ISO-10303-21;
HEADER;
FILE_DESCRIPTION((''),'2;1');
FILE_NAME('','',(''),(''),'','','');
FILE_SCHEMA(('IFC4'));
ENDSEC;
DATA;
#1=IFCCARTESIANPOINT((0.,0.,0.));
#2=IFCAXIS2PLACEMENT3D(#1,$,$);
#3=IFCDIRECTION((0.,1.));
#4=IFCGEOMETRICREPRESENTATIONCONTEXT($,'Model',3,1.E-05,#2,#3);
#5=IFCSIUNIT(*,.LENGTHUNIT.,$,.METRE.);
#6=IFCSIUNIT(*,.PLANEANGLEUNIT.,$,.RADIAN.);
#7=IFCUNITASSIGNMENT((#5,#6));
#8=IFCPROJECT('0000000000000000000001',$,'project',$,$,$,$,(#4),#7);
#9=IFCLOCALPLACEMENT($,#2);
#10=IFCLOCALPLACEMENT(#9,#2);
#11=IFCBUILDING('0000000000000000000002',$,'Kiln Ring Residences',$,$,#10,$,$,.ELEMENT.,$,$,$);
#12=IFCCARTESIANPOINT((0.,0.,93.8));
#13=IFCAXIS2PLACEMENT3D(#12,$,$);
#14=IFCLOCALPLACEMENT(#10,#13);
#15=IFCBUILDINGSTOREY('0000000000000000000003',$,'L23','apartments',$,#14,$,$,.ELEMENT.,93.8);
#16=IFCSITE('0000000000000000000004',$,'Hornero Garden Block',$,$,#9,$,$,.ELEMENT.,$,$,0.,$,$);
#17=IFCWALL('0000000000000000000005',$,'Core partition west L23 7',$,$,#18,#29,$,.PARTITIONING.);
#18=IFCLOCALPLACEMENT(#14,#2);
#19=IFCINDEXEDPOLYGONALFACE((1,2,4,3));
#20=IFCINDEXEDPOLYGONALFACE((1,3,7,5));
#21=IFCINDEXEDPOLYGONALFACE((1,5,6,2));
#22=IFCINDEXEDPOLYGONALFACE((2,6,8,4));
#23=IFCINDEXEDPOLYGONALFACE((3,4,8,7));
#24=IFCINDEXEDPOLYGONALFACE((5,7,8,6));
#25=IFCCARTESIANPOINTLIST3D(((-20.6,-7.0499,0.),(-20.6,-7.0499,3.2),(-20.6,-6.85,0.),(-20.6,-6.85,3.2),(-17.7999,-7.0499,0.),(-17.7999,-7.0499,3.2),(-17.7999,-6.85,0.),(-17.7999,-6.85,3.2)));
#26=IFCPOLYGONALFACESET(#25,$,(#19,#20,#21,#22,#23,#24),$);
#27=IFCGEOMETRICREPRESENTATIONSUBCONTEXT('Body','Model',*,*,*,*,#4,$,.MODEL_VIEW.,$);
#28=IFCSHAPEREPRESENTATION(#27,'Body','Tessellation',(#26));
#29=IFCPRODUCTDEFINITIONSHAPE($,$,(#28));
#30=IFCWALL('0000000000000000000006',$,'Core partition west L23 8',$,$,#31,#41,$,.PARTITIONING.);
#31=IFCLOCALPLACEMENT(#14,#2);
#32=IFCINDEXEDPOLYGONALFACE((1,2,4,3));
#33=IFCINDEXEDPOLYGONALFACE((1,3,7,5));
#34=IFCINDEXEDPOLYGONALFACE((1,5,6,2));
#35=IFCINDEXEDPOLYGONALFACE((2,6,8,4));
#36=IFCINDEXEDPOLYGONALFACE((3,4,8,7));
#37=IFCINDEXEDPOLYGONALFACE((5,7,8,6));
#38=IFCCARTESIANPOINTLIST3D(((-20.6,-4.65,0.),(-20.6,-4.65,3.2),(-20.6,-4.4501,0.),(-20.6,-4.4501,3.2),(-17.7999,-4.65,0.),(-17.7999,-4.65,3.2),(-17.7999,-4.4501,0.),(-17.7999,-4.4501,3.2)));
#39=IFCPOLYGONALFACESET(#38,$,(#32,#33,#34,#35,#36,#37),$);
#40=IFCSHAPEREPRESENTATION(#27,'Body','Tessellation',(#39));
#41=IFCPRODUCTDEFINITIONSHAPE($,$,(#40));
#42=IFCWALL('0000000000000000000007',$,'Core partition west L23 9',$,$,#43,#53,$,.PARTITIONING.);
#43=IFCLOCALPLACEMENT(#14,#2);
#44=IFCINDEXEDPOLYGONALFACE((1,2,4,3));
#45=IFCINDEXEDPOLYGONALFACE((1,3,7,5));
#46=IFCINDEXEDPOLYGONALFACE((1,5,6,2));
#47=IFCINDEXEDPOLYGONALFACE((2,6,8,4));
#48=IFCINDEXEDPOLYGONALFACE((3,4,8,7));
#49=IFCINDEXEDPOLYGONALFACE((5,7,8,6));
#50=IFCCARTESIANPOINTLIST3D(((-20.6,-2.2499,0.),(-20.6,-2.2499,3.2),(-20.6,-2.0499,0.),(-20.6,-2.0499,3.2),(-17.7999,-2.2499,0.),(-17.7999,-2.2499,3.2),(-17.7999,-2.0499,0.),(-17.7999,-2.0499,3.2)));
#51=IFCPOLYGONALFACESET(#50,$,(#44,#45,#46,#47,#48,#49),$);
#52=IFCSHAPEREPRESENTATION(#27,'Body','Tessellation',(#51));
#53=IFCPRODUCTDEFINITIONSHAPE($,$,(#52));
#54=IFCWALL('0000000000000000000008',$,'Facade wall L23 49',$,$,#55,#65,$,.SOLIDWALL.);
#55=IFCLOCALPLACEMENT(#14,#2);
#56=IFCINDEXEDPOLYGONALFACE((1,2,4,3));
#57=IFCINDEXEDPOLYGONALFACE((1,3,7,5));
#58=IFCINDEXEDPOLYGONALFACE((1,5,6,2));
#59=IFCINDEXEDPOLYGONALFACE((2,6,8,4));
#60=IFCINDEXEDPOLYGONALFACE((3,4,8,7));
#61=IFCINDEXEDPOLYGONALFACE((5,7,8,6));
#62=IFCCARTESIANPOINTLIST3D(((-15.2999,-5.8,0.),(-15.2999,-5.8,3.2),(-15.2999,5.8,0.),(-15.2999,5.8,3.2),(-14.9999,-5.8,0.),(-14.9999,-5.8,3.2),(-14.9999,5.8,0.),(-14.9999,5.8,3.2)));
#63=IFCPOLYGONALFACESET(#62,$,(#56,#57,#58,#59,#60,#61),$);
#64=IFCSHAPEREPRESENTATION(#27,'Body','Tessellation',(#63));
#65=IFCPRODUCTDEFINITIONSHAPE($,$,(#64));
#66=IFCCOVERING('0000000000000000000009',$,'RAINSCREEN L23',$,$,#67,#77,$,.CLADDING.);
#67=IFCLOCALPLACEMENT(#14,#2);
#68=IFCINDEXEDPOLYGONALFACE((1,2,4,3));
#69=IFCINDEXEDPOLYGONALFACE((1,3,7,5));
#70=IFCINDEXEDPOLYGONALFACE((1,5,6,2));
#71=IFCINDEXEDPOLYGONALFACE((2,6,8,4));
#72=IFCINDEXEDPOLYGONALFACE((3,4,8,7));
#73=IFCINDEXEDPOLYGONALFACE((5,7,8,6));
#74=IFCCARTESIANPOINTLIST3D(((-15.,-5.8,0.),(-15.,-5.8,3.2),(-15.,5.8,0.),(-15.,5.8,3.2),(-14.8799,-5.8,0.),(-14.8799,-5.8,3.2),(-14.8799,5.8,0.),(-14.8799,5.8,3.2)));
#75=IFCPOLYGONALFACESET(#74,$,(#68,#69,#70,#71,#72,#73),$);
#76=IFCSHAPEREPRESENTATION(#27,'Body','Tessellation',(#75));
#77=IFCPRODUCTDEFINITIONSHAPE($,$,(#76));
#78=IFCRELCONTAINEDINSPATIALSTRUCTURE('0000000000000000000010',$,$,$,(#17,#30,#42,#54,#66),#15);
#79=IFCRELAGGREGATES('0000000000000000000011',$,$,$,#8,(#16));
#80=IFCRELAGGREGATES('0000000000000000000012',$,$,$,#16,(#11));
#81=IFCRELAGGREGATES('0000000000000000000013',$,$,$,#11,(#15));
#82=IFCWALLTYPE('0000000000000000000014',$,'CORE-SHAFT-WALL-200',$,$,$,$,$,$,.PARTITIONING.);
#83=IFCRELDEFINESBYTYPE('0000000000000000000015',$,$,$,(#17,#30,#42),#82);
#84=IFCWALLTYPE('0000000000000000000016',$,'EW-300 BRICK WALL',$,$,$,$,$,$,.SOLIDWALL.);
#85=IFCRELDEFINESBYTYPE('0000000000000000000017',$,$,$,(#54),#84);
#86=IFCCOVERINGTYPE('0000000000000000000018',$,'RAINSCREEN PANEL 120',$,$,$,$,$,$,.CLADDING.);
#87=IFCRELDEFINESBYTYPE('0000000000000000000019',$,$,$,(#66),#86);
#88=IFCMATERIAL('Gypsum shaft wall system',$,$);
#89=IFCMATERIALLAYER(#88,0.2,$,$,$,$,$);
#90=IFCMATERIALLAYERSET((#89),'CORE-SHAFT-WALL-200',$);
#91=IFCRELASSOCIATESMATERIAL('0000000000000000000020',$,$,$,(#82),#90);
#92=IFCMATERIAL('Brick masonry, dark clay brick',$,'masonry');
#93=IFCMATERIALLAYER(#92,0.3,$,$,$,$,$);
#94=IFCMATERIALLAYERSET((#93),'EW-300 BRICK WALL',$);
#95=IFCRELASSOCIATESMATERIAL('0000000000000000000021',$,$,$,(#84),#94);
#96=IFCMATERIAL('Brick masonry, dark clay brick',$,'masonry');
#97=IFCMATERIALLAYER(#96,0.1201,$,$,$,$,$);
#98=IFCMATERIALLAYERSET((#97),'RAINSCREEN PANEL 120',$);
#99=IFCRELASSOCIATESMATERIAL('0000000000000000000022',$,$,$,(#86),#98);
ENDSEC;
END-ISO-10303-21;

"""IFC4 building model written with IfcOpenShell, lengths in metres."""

from ifc_helpers import new_model, si_unit, direction, frame, frame_2d, origin, place, context, subcontext, project, spatial, polyline, rectangle, outline, extrude, material, layer, layer_set, type_object, element, save


model = new_model("IFC4")

# Units and contexts
model_context = context("Model", 3, precision=1e-05, world=origin(), true_north=direction((0.0, 1.0)))
body_context = subcontext(model_context, "Body", "Model", "MODEL_VIEW")
ifc_project = project(units=[si_unit("LENGTHUNIT", "METRE"), si_unit("PLANEANGLEUNIT", "RADIAN")], contexts=[model_context])

# Site, building, storey
site_placement = place(None, origin())
site = spatial("IfcSite", under=ifc_project, at=site_placement, Name="Hornero Garden Block", CompositionType="ELEMENT", RefElevation=0.0)
building_placement = place(site_placement, origin())
building = spatial("IfcBuilding", under=site, at=building_placement, Name="Kiln Ring Residences", CompositionType="ELEMENT")
storey_placement = place(building_placement, frame((0.0, 0.0, 93.8)))
storey = spatial("IfcBuildingStorey", under=building, at=storey_placement, Name="L23", Description="apartments", CompositionType="ELEMENT", Elevation=93.8)

# Walls
ifc_material_1 = material(Name="Gypsum shaft wall system")
ifc_layer_1 = layer(ifc_material_1, 0.2)
ifc_layer_set_1 = layer_set([ifc_layer_1], Name="CORE-SHAFT-WALL-200")
wall_type_1 = type_object("IfcWallType", Name="CORE-SHAFT-WALL-200", PredefinedType="PARTITIONING", material=ifc_layer_set_1)
for number, where, z_axis, x_axis, name in (
    (1, (-17.8, -6.95, 0.0), (0.0, 0.0, 1.0), (-1.0, 0.0, 0.0), "Core partition west L23 7"),
    (2, (-17.8, -4.55, 0.0), (0.0, 0.0, 1.0), (-1.0, 0.0, 0.0), "Core partition west L23 8"),
    (3, (-17.8, -2.1499, 0.0), (0.0, 0.0, 1.0), (-1.0, 0.0, 0.0), "Core partition west L23 9"),
):
    element("IfcWall", number, at=place(storey_placement, frame(where, z_axis=z_axis, x_axis=x_axis)), inside=storey, type_object=wall_type_1, Name=name, PredefinedType="PARTITIONING", context=body_context, shape_type="SweptSolid", body=[
        extrude(rectangle(XDim=2.8, YDim=0.2, at=frame_2d((1.3999, 0.0))), origin(), (0.0, 0.0, 1.0), 3.2),
    ])
ifc_material_2 = material(Name="Brick masonry, dark clay brick", Category="masonry")
ifc_layer_2 = layer(ifc_material_2, 0.3)
ifc_layer_set_2 = layer_set([ifc_layer_2], Name="EW-300 BRICK WALL")
wall_type_2 = type_object("IfcWallType", Name="EW-300 BRICK WALL", PredefinedType="SOLIDWALL", material=ifc_layer_set_2)
wall_placement = place(storey_placement, frame((-15.1499, -5.8, 0.0), z_axis=(0.0, 0.0, 1.0), x_axis=(0.0, 1.0, 0.0)))
element("IfcWall", 4, at=wall_placement, inside=storey, type_object=wall_type_2, Name="Facade wall L23 49", PredefinedType="SOLIDWALL", context=body_context, shape_type="SweptSolid", body=[
    extrude(rectangle(XDim=11.6001, YDim=0.3, at=frame_2d((5.8, 0.0))), origin(), (0.0, 0.0, 1.0), 3.2),
])

# Covering
ifc_material_3 = material(Name="Brick masonry, dark clay brick", Category="masonry")
ifc_layer_3 = layer(ifc_material_3, 0.1201)
ifc_layer_set_3 = layer_set([ifc_layer_3], Name="RAINSCREEN PANEL 120")
covering_type = type_object("IfcCoveringType", Name="RAINSCREEN PANEL 120", PredefinedType="CLADDING", material=ifc_layer_set_3)
covering_placement = place(storey_placement, frame((-14.9399, -5.8, 0.0), z_axis=(0.0, 0.0, 1.0), x_axis=(0.0, 1.0, 0.0)))
element("IfcCovering", 5, at=covering_placement, inside=storey, type_object=covering_type, Name="RAINSCREEN L23", PredefinedType="CLADDING", context=body_context, shape_type="SweptSolid", body=[
    extrude(outline(polyline([(0.0, 0.0), (11.6001, 0.0), (11.6001, 3.2), (0.0, 3.2), (0.0, 0.0)])), frame((0.0, 0.0601, 0.0), z_axis=(0.0, -1.0, 0.0), x_axis=(1.0, 0.0, 0.0)), (0.0, 0.0, 1.0), 0.1201),
])

save(model, "model.ifc")
